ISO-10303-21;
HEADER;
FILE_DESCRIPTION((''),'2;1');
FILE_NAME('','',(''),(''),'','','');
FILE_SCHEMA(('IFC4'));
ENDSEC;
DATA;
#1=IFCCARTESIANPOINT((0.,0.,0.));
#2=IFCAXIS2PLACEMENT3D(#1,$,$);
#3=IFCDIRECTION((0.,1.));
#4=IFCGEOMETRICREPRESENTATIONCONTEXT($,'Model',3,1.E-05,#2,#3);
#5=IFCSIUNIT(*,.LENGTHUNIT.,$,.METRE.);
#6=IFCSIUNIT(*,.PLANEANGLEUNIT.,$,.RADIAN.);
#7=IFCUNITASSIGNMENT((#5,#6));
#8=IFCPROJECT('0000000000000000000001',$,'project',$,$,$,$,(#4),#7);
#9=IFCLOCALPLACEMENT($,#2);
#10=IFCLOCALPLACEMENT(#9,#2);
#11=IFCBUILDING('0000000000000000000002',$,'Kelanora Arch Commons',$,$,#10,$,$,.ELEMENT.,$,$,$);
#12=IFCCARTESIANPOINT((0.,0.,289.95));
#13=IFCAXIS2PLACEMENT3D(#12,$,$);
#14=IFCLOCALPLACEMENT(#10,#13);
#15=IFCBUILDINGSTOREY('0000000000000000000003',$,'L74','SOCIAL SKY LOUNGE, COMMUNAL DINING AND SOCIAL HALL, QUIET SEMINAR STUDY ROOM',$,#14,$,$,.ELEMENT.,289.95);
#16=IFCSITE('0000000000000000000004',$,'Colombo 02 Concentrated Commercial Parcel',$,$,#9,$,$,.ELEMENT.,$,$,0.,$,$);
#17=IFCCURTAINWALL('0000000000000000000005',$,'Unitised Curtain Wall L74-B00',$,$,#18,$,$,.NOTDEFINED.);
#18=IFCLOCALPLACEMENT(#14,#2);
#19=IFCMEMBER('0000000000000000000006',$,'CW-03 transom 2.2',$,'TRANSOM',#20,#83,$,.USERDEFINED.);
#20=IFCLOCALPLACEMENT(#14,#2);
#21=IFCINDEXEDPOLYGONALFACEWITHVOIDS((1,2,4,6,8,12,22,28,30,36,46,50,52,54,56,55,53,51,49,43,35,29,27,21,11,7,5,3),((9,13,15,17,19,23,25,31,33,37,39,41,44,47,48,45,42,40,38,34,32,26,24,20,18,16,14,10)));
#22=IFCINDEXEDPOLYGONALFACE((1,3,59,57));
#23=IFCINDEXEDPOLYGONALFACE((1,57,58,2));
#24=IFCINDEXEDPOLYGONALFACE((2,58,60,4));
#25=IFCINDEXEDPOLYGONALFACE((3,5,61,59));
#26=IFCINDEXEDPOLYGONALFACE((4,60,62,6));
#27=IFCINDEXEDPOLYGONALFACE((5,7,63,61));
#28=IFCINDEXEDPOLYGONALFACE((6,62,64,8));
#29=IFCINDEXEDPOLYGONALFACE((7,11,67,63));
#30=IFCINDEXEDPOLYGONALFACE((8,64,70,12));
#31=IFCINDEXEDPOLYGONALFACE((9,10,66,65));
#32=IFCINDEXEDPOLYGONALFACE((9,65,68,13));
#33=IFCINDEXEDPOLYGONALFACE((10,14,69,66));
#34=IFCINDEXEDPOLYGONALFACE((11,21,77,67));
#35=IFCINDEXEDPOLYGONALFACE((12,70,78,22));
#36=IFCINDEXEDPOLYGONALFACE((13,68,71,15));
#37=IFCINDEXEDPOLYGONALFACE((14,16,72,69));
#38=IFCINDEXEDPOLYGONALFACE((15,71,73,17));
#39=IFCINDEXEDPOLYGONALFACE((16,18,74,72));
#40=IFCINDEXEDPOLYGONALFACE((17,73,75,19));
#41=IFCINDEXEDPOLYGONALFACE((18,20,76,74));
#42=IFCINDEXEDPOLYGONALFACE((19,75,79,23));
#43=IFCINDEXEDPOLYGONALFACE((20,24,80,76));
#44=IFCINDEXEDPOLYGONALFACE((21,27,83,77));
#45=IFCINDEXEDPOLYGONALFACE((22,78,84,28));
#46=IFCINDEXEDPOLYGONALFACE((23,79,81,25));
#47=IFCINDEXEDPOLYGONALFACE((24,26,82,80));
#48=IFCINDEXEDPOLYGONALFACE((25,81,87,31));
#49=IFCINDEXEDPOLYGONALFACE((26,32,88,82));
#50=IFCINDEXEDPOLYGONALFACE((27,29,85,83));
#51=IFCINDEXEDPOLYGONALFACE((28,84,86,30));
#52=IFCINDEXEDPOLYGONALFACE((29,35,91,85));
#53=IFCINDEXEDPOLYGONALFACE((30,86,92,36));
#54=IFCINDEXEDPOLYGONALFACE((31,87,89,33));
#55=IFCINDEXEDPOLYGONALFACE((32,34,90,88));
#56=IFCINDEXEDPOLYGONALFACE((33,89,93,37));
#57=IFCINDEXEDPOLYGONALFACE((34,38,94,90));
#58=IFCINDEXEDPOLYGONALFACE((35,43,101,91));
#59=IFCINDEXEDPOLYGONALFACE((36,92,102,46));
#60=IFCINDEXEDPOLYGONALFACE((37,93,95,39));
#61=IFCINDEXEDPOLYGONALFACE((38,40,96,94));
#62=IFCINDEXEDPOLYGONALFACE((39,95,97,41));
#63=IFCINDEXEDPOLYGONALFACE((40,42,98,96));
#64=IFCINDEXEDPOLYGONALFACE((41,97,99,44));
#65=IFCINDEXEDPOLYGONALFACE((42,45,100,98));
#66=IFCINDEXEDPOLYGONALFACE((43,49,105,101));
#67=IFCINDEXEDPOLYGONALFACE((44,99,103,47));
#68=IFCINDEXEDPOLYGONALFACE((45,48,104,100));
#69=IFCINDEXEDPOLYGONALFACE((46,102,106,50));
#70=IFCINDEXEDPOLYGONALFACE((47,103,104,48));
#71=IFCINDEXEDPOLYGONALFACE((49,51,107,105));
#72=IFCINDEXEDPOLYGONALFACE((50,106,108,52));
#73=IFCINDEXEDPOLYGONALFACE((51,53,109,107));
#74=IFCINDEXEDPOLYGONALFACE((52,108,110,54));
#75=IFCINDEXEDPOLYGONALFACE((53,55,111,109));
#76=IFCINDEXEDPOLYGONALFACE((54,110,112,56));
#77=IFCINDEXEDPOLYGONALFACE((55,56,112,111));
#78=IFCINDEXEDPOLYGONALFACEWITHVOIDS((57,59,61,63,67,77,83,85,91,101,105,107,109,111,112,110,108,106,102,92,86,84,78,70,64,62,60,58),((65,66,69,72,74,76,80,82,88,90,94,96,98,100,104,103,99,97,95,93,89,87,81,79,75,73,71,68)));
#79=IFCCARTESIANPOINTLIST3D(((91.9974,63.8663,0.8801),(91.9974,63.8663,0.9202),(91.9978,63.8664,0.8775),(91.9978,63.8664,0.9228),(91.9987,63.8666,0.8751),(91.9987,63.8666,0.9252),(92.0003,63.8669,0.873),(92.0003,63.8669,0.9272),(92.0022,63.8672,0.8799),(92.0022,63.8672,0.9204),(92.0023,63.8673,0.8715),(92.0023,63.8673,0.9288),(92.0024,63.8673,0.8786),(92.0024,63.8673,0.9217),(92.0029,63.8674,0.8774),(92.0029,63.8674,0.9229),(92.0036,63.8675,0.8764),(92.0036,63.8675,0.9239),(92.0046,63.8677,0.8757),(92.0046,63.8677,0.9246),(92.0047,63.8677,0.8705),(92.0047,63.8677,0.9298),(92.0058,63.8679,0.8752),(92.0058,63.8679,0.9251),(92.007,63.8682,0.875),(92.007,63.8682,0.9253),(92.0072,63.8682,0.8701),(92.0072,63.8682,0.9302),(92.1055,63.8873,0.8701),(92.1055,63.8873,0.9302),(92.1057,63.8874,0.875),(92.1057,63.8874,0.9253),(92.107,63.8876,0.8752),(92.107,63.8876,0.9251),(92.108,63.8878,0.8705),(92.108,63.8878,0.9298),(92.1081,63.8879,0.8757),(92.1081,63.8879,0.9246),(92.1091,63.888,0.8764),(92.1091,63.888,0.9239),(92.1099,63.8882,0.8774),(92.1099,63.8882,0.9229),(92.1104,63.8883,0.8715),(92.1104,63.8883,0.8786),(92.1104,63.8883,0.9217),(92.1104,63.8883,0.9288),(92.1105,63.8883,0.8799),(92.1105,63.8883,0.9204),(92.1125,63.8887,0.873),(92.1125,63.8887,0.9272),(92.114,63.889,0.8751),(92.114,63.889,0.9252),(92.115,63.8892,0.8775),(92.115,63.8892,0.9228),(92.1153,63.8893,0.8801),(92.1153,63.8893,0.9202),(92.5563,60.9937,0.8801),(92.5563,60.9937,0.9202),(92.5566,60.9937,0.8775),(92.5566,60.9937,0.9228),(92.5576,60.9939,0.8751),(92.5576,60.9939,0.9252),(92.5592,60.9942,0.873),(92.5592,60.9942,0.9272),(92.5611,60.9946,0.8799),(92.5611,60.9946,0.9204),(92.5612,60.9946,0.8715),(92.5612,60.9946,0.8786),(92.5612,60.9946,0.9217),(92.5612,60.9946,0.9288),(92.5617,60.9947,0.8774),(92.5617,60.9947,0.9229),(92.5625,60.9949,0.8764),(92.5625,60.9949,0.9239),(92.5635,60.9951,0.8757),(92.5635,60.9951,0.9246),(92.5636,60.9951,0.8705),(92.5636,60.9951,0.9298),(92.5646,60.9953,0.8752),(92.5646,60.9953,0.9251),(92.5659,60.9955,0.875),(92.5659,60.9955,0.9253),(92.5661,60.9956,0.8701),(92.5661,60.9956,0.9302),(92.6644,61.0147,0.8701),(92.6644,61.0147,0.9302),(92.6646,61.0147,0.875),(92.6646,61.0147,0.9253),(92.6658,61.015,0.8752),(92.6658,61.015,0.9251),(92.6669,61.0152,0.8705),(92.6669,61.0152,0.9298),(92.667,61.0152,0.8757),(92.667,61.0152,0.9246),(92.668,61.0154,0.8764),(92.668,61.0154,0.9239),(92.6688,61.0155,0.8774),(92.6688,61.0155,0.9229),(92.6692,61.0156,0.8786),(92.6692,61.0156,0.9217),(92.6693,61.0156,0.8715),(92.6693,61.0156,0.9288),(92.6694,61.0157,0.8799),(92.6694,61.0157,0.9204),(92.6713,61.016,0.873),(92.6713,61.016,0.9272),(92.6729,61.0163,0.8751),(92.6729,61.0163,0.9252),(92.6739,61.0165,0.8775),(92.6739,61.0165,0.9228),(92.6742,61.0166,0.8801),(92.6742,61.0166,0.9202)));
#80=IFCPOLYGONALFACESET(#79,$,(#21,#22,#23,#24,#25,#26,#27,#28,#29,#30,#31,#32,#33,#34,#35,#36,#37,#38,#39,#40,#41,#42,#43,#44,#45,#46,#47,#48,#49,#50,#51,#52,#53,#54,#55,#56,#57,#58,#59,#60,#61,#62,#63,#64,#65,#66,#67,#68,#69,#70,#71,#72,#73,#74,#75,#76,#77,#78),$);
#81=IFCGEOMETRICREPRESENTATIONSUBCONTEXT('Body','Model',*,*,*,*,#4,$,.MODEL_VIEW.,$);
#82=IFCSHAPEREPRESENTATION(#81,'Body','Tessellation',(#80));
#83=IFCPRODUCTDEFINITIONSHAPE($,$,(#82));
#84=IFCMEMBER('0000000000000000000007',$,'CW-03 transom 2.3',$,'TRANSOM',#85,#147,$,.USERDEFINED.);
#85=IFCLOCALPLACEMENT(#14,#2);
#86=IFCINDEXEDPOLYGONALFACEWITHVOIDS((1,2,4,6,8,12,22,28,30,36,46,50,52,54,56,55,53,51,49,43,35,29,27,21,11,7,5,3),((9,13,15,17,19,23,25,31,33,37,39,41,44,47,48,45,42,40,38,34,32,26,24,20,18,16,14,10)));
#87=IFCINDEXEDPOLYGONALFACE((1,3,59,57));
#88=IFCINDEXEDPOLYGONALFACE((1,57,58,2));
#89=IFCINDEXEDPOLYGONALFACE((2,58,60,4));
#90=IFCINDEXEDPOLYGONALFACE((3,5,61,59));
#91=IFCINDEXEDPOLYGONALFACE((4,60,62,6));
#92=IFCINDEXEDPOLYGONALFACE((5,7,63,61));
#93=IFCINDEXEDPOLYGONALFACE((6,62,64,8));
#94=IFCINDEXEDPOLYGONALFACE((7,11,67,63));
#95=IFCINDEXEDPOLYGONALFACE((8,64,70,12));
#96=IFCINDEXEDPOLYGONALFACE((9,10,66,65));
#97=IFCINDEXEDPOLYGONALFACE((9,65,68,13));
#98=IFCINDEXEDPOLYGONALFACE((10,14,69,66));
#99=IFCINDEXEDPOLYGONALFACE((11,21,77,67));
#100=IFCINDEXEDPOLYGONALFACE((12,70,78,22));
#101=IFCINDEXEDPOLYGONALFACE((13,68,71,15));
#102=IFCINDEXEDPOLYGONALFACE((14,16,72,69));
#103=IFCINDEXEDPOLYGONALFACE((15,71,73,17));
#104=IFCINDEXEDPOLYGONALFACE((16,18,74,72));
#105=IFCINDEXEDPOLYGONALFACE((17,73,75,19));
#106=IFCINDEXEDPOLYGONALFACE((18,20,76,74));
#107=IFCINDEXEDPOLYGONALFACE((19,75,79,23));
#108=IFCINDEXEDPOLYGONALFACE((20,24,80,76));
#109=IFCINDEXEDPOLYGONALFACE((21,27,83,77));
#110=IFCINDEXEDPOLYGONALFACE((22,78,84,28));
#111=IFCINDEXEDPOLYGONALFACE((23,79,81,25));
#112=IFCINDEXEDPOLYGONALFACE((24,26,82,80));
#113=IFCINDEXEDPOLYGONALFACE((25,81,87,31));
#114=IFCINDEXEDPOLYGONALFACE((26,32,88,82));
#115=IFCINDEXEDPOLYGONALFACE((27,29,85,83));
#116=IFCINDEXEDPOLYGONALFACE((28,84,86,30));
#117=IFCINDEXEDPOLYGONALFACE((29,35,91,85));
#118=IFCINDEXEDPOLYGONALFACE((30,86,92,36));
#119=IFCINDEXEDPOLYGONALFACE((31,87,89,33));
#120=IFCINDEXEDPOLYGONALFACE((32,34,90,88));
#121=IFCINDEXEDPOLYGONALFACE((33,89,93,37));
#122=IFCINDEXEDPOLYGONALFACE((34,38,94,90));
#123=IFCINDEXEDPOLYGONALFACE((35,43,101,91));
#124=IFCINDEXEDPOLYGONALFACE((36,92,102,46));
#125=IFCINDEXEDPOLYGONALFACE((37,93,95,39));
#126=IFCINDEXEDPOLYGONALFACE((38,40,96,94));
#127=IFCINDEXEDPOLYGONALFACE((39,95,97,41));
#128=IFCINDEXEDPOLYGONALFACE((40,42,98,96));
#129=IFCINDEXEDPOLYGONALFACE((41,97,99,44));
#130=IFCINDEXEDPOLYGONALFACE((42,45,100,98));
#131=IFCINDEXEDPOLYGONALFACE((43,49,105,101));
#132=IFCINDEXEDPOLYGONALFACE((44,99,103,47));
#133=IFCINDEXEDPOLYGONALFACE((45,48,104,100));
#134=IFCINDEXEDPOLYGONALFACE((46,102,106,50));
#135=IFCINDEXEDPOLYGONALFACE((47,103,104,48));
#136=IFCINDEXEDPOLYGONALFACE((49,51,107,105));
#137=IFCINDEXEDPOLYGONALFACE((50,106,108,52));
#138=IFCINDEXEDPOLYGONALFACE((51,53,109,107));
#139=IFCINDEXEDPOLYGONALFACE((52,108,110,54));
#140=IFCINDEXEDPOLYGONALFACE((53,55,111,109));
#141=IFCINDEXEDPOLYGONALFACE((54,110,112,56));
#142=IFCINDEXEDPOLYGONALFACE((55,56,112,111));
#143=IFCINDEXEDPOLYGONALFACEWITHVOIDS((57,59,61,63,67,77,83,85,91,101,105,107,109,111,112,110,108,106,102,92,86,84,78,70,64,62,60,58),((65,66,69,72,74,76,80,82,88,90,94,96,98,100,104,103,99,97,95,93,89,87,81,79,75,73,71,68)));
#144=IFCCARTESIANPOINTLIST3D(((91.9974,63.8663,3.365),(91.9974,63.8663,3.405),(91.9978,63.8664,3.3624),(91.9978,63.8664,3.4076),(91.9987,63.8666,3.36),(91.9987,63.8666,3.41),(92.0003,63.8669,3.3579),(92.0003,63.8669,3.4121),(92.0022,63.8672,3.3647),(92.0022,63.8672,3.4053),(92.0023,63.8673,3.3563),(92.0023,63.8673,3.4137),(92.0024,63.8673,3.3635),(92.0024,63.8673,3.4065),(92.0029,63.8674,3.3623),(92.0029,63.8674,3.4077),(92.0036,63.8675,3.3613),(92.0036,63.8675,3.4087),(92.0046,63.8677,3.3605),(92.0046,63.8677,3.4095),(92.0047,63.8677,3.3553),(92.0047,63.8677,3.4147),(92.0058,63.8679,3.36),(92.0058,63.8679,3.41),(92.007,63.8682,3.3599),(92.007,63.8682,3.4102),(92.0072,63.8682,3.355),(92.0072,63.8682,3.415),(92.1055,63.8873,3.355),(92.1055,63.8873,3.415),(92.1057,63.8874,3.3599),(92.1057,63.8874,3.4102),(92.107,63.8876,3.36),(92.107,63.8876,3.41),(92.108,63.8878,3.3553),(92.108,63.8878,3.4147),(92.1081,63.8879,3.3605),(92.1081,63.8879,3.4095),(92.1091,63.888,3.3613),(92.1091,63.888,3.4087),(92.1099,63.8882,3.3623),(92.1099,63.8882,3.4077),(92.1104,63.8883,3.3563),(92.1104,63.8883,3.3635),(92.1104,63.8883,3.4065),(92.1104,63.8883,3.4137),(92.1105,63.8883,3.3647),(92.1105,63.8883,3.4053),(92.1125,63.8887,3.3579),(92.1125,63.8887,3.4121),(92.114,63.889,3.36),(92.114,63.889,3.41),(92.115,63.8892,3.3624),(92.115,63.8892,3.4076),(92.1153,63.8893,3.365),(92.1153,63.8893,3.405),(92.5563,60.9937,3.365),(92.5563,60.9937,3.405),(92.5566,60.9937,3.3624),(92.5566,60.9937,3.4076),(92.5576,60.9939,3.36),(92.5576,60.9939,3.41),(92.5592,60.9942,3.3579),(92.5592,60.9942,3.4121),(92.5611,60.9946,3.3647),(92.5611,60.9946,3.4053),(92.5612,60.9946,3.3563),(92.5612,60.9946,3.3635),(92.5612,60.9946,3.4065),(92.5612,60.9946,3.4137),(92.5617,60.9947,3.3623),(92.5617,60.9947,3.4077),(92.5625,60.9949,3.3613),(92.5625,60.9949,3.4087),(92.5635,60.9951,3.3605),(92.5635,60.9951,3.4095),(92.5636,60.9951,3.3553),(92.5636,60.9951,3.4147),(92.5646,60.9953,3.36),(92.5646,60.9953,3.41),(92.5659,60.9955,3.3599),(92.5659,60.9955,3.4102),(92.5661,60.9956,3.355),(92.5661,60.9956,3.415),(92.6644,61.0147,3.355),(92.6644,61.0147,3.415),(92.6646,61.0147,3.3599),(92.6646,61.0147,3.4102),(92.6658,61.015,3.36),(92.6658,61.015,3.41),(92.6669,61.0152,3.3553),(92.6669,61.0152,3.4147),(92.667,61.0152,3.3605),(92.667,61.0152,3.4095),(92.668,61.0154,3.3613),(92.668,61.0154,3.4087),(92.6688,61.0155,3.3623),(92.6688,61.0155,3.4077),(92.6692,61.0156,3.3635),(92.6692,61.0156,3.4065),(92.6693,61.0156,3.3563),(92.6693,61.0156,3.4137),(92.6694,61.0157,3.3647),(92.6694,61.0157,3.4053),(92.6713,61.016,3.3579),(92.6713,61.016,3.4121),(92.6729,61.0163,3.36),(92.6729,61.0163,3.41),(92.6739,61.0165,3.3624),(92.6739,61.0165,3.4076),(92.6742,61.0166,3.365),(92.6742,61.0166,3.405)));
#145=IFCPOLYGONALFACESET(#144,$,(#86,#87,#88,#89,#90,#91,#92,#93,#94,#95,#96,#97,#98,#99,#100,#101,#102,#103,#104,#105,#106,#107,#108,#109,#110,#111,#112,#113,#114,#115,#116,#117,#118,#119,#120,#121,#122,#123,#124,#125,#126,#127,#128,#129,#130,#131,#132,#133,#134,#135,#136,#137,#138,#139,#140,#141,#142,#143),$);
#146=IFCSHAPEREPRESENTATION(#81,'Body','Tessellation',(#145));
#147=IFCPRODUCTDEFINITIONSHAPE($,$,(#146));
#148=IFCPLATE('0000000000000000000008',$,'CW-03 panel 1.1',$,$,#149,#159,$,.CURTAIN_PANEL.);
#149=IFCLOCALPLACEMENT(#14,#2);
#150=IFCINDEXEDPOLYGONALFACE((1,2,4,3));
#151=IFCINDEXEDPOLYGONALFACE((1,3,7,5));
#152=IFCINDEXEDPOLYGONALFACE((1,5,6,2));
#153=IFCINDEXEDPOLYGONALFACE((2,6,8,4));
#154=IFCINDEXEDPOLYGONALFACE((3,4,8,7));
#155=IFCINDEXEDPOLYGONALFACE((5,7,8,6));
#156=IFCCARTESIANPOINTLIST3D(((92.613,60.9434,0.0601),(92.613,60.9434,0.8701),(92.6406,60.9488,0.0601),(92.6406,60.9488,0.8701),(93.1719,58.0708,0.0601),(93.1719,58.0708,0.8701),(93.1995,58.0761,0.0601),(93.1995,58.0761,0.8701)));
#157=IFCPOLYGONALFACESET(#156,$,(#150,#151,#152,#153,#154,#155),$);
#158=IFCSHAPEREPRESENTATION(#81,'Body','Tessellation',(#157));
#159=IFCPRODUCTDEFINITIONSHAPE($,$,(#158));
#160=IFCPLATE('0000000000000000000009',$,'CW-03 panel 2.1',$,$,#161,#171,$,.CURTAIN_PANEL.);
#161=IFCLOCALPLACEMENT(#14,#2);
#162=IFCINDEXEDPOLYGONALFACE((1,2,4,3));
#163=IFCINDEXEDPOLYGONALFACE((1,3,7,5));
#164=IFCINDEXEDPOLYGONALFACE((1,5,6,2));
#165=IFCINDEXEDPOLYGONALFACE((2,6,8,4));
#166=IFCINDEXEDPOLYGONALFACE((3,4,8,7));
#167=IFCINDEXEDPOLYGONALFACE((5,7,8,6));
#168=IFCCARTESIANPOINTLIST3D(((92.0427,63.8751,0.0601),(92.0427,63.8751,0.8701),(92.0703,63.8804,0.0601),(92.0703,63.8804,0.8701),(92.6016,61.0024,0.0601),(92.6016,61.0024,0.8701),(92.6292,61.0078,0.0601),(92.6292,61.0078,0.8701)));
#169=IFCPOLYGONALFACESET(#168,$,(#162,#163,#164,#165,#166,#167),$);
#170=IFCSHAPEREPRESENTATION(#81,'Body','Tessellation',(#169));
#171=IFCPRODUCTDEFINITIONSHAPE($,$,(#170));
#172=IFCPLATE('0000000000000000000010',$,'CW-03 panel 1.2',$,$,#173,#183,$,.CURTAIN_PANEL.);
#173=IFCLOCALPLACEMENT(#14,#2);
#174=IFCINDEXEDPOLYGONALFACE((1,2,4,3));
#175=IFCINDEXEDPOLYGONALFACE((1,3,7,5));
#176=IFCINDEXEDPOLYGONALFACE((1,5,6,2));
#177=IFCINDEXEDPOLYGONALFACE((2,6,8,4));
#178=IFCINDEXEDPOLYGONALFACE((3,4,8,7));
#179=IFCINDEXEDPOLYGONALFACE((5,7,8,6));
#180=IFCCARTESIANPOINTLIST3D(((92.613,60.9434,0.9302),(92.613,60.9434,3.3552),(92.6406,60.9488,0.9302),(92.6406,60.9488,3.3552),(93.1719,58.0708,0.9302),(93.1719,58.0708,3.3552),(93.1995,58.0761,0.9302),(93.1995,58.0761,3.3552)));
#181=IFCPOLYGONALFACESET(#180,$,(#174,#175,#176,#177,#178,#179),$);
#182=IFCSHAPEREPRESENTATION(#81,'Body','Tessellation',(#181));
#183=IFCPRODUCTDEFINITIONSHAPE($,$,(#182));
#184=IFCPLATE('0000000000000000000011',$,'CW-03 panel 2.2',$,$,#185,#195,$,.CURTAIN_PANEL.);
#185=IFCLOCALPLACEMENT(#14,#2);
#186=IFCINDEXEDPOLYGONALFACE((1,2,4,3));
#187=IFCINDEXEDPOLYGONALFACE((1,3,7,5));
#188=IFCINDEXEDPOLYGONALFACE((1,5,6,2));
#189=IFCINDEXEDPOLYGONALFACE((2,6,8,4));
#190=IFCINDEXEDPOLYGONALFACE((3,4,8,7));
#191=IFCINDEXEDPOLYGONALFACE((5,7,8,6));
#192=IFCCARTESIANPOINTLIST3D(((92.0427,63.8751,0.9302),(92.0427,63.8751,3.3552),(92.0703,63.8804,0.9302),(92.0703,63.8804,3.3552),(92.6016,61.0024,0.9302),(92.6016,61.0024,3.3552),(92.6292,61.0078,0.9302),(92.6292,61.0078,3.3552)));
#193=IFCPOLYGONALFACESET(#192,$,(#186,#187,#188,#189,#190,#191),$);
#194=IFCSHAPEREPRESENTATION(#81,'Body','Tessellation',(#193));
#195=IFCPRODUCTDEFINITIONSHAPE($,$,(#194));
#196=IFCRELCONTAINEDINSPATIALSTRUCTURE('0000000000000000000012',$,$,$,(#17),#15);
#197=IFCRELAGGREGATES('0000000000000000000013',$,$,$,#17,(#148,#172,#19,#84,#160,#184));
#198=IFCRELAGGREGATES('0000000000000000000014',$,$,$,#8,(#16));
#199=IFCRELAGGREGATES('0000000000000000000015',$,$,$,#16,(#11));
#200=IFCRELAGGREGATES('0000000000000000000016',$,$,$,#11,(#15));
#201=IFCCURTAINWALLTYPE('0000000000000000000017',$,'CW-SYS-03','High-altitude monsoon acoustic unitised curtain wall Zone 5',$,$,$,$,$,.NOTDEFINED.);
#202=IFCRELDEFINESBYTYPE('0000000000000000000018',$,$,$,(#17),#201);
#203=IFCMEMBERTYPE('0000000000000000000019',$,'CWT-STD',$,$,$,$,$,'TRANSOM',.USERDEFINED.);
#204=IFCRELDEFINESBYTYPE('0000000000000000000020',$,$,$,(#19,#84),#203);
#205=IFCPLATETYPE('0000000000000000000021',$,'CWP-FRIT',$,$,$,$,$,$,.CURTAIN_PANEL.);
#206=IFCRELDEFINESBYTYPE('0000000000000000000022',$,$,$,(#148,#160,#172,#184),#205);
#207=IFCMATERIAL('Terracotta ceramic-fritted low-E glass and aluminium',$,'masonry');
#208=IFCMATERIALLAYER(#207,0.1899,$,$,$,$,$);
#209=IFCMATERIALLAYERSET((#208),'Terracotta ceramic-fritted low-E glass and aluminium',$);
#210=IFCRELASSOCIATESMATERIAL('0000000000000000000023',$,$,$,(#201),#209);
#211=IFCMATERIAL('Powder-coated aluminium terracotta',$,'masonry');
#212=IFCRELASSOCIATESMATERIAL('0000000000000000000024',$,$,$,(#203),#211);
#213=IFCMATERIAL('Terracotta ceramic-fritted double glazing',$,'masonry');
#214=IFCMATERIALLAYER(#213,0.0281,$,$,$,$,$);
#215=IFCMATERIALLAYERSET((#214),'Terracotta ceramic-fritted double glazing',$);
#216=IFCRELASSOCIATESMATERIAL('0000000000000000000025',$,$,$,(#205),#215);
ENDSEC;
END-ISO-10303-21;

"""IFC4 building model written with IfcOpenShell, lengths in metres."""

from ifc_helpers import new_model, si_unit, direction, frame, origin, origin_2d, place, context, subcontext, project, spatial, rectangle, hollow_rectangle, extrude, source, transform, mapped, material, layer, layer_set, material_profile, profile_set, type_object, element, aggregate, save


model = new_model("IFC4")

# Units and contexts
model_context = context("Model", 3, precision=1e-05, world=origin(), true_north=direction((0.0, 1.0)))
body_context = subcontext(model_context, "Body", "Model", "MODEL_VIEW")
ifc_project = project(units=[si_unit("LENGTHUNIT", "METRE"), si_unit("PLANEANGLEUNIT", "RADIAN")], contexts=[model_context])

# Site, building, storey
site_placement = place(None, origin())
site = spatial("IfcSite", under=ifc_project, at=site_placement, Name="Colombo 02 Concentrated Commercial Parcel", CompositionType="ELEMENT", RefElevation=0.0)
building_placement = place(site_placement, origin())
building = spatial("IfcBuilding", under=site, at=building_placement, Name="Kelanora Arch Commons", CompositionType="ELEMENT")
storey_placement = place(building_placement, frame((0.0, 0.0, 289.95)))
storey = spatial("IfcBuildingStorey", under=building, at=storey_placement, Name="L74", Description="SOCIAL SKY LOUNGE, COMMUNAL DINING AND SOCIAL HALL, QUIET SEMINAR STUDY ROOM", CompositionType="ELEMENT", Elevation=289.95)

# Curtain wall, members, plates
ifc_material_1 = material(Name="Terracotta ceramic-fritted low-E glass and aluminium", Category="masonry")
ifc_layer_1 = layer(ifc_material_1, 0.1899)
ifc_layer_set_1 = layer_set([ifc_layer_1], Name="Terracotta ceramic-fritted low-E glass and aluminium")
curtain_wall_type = type_object("IfcCurtainWallType", Name="CW-SYS-03", Description="High-altitude monsoon acoustic unitised curtain wall Zone 5", PredefinedType="NOTDEFINED", material=ifc_layer_set_1)
curtain_wall_placement = place(storey_placement, origin())
curtain_wall = element("IfcCurtainWall", 1, at=curtain_wall_placement, inside=storey, type_object=curtain_wall_type, Name="Unitised Curtain Wall L74-B00", PredefinedType="NOTDEFINED")
ifc_material_2 = material(Name="Powder-coated aluminium terracotta", Category="masonry")
ifc_material_profile_1 = material_profile(ifc_material_2, hollow_rectangle(XDim=0.1201, YDim=0.0601, WallThickness=0.0049, InnerFilletRadius=0.0049, OuterFilletRadius=0.01, at=origin_2d()), Name="CWT120x60")
ifc_profile_set_1 = profile_set([ifc_material_profile_1], Name="Powder-coated aluminium terracotta")
member_type_1 = type_object("IfcMemberType", Name="CWT-STD", ElementType="TRANSOM", PredefinedType="USERDEFINED", material=ifc_profile_set_1)
member_1_placement = place(storey_placement, frame((92.6152, 61.0051, 0.9001), z_axis=(-0.190963, 0.981597, 0.0), x_axis=(-0.981597, -0.190963, 0.0)))
member_1 = element("IfcMember", 2, at=member_1_placement, type_object=member_type_1, Name="CW-03 transom 2.2", ObjectType="TRANSOM", PredefinedType="USERDEFINED", context=body_context, shape_type="SweptSolid", body=[
    extrude(hollow_rectangle(XDim=0.1201, YDim=0.0601, WallThickness=0.0049, InnerFilletRadius=0.0049, OuterFilletRadius=0.01, at=origin_2d()), origin(), (0.0, 0.0, 1.0), 2.9265),
])
member_2_placement = place(storey_placement, frame((92.6152, 61.0051, 3.385), z_axis=(-0.190963, 0.981597, 0.0), x_axis=(-0.981597, -0.190963, 0.0)))
member_2 = element("IfcMember", 3, at=member_2_placement, type_object=member_type_1, Name="CW-03 transom 2.3", ObjectType="TRANSOM", PredefinedType="USERDEFINED", context=body_context, shape_type="SweptSolid", body=[
    extrude(hollow_rectangle(XDim=0.1201, YDim=0.0601, WallThickness=0.0049, InnerFilletRadius=0.0049, OuterFilletRadius=0.01, at=origin_2d()), origin(), (0.0, 0.0, 1.0), 2.9265),
])
ifc_material_3 = material(Name="Terracotta ceramic-fritted double glazing", Category="masonry")
ifc_layer_2 = layer(ifc_material_3, 0.0281)
ifc_layer_set_2 = layer_set([ifc_layer_2], Name="Terracotta ceramic-fritted double glazing")
plate_type = type_object("IfcPlateType", Name="CWP-FRIT", PredefinedType="CURTAIN_PANEL", material=ifc_layer_set_2)
shared_shape_1 = source(origin(), body_context, "Body", "SweptSolid", [
    extrude(rectangle(XDim=2.9265, YDim=0.0281, at=origin_2d()), origin(), (0.0, 0.0, 1.0), 0.8101),
])
plate_1_placement = place(storey_placement, frame((92.9062, 59.5098, 0.0601), z_axis=(0.0, 0.0, 1.0), x_axis=(-0.190972, 0.981596, 0.0)))
plate_1 = element("IfcPlate", 4, at=plate_1_placement, type_object=plate_type, Name="CW-03 panel 1.1", PredefinedType="CURTAIN_PANEL", context=body_context, shape_type="MappedRepresentation", body=[
    mapped(shared_shape_1, transform((0.0, 0.0, 0.0), scale=1.0)),
])
plate_2_placement = place(storey_placement, frame((92.3359, 62.4414, 0.0601), z_axis=(0.0, 0.0, 1.0), x_axis=(-0.190972, 0.981596, 0.0)))
plate_2 = element("IfcPlate", 5, at=plate_2_placement, type_object=plate_type, Name="CW-03 panel 2.1", PredefinedType="CURTAIN_PANEL", context=body_context, shape_type="MappedRepresentation", body=[
    mapped(shared_shape_1, transform((0.0, 0.0, 0.0), scale=1.0)),
])
shared_shape_2 = source(origin(), body_context, "Body", "SweptSolid", [
    extrude(rectangle(XDim=2.9265, YDim=0.0281, at=origin_2d()), origin(), (0.0, 0.0, 1.0), 2.425),
])
plate_3_placement = place(storey_placement, frame((92.9062, 59.5098, 0.9302), z_axis=(0.0, 0.0, 1.0), x_axis=(-0.190972, 0.981596, 0.0)))
plate_3 = element("IfcPlate", 6, at=plate_3_placement, type_object=plate_type, Name="CW-03 panel 1.2", PredefinedType="CURTAIN_PANEL", context=body_context, shape_type="MappedRepresentation", body=[
    mapped(shared_shape_2, transform((0.0, 0.0, 0.0), scale=1.0)),
])
plate_4_placement = place(storey_placement, frame((92.3359, 62.4414, 0.9302), z_axis=(0.0, 0.0, 1.0), x_axis=(-0.190972, 0.981596, 0.0)))
plate_4 = element("IfcPlate", 7, at=plate_4_placement, type_object=plate_type, Name="CW-03 panel 2.2", PredefinedType="CURTAIN_PANEL", context=body_context, shape_type="MappedRepresentation", body=[
    mapped(shared_shape_2, transform((0.0, 0.0, 0.0), scale=1.0)),
])
aggregate(curtain_wall, [plate_1, plate_3, member_1, member_2, plate_2, plate_4])

save(model, "model.ifc")
